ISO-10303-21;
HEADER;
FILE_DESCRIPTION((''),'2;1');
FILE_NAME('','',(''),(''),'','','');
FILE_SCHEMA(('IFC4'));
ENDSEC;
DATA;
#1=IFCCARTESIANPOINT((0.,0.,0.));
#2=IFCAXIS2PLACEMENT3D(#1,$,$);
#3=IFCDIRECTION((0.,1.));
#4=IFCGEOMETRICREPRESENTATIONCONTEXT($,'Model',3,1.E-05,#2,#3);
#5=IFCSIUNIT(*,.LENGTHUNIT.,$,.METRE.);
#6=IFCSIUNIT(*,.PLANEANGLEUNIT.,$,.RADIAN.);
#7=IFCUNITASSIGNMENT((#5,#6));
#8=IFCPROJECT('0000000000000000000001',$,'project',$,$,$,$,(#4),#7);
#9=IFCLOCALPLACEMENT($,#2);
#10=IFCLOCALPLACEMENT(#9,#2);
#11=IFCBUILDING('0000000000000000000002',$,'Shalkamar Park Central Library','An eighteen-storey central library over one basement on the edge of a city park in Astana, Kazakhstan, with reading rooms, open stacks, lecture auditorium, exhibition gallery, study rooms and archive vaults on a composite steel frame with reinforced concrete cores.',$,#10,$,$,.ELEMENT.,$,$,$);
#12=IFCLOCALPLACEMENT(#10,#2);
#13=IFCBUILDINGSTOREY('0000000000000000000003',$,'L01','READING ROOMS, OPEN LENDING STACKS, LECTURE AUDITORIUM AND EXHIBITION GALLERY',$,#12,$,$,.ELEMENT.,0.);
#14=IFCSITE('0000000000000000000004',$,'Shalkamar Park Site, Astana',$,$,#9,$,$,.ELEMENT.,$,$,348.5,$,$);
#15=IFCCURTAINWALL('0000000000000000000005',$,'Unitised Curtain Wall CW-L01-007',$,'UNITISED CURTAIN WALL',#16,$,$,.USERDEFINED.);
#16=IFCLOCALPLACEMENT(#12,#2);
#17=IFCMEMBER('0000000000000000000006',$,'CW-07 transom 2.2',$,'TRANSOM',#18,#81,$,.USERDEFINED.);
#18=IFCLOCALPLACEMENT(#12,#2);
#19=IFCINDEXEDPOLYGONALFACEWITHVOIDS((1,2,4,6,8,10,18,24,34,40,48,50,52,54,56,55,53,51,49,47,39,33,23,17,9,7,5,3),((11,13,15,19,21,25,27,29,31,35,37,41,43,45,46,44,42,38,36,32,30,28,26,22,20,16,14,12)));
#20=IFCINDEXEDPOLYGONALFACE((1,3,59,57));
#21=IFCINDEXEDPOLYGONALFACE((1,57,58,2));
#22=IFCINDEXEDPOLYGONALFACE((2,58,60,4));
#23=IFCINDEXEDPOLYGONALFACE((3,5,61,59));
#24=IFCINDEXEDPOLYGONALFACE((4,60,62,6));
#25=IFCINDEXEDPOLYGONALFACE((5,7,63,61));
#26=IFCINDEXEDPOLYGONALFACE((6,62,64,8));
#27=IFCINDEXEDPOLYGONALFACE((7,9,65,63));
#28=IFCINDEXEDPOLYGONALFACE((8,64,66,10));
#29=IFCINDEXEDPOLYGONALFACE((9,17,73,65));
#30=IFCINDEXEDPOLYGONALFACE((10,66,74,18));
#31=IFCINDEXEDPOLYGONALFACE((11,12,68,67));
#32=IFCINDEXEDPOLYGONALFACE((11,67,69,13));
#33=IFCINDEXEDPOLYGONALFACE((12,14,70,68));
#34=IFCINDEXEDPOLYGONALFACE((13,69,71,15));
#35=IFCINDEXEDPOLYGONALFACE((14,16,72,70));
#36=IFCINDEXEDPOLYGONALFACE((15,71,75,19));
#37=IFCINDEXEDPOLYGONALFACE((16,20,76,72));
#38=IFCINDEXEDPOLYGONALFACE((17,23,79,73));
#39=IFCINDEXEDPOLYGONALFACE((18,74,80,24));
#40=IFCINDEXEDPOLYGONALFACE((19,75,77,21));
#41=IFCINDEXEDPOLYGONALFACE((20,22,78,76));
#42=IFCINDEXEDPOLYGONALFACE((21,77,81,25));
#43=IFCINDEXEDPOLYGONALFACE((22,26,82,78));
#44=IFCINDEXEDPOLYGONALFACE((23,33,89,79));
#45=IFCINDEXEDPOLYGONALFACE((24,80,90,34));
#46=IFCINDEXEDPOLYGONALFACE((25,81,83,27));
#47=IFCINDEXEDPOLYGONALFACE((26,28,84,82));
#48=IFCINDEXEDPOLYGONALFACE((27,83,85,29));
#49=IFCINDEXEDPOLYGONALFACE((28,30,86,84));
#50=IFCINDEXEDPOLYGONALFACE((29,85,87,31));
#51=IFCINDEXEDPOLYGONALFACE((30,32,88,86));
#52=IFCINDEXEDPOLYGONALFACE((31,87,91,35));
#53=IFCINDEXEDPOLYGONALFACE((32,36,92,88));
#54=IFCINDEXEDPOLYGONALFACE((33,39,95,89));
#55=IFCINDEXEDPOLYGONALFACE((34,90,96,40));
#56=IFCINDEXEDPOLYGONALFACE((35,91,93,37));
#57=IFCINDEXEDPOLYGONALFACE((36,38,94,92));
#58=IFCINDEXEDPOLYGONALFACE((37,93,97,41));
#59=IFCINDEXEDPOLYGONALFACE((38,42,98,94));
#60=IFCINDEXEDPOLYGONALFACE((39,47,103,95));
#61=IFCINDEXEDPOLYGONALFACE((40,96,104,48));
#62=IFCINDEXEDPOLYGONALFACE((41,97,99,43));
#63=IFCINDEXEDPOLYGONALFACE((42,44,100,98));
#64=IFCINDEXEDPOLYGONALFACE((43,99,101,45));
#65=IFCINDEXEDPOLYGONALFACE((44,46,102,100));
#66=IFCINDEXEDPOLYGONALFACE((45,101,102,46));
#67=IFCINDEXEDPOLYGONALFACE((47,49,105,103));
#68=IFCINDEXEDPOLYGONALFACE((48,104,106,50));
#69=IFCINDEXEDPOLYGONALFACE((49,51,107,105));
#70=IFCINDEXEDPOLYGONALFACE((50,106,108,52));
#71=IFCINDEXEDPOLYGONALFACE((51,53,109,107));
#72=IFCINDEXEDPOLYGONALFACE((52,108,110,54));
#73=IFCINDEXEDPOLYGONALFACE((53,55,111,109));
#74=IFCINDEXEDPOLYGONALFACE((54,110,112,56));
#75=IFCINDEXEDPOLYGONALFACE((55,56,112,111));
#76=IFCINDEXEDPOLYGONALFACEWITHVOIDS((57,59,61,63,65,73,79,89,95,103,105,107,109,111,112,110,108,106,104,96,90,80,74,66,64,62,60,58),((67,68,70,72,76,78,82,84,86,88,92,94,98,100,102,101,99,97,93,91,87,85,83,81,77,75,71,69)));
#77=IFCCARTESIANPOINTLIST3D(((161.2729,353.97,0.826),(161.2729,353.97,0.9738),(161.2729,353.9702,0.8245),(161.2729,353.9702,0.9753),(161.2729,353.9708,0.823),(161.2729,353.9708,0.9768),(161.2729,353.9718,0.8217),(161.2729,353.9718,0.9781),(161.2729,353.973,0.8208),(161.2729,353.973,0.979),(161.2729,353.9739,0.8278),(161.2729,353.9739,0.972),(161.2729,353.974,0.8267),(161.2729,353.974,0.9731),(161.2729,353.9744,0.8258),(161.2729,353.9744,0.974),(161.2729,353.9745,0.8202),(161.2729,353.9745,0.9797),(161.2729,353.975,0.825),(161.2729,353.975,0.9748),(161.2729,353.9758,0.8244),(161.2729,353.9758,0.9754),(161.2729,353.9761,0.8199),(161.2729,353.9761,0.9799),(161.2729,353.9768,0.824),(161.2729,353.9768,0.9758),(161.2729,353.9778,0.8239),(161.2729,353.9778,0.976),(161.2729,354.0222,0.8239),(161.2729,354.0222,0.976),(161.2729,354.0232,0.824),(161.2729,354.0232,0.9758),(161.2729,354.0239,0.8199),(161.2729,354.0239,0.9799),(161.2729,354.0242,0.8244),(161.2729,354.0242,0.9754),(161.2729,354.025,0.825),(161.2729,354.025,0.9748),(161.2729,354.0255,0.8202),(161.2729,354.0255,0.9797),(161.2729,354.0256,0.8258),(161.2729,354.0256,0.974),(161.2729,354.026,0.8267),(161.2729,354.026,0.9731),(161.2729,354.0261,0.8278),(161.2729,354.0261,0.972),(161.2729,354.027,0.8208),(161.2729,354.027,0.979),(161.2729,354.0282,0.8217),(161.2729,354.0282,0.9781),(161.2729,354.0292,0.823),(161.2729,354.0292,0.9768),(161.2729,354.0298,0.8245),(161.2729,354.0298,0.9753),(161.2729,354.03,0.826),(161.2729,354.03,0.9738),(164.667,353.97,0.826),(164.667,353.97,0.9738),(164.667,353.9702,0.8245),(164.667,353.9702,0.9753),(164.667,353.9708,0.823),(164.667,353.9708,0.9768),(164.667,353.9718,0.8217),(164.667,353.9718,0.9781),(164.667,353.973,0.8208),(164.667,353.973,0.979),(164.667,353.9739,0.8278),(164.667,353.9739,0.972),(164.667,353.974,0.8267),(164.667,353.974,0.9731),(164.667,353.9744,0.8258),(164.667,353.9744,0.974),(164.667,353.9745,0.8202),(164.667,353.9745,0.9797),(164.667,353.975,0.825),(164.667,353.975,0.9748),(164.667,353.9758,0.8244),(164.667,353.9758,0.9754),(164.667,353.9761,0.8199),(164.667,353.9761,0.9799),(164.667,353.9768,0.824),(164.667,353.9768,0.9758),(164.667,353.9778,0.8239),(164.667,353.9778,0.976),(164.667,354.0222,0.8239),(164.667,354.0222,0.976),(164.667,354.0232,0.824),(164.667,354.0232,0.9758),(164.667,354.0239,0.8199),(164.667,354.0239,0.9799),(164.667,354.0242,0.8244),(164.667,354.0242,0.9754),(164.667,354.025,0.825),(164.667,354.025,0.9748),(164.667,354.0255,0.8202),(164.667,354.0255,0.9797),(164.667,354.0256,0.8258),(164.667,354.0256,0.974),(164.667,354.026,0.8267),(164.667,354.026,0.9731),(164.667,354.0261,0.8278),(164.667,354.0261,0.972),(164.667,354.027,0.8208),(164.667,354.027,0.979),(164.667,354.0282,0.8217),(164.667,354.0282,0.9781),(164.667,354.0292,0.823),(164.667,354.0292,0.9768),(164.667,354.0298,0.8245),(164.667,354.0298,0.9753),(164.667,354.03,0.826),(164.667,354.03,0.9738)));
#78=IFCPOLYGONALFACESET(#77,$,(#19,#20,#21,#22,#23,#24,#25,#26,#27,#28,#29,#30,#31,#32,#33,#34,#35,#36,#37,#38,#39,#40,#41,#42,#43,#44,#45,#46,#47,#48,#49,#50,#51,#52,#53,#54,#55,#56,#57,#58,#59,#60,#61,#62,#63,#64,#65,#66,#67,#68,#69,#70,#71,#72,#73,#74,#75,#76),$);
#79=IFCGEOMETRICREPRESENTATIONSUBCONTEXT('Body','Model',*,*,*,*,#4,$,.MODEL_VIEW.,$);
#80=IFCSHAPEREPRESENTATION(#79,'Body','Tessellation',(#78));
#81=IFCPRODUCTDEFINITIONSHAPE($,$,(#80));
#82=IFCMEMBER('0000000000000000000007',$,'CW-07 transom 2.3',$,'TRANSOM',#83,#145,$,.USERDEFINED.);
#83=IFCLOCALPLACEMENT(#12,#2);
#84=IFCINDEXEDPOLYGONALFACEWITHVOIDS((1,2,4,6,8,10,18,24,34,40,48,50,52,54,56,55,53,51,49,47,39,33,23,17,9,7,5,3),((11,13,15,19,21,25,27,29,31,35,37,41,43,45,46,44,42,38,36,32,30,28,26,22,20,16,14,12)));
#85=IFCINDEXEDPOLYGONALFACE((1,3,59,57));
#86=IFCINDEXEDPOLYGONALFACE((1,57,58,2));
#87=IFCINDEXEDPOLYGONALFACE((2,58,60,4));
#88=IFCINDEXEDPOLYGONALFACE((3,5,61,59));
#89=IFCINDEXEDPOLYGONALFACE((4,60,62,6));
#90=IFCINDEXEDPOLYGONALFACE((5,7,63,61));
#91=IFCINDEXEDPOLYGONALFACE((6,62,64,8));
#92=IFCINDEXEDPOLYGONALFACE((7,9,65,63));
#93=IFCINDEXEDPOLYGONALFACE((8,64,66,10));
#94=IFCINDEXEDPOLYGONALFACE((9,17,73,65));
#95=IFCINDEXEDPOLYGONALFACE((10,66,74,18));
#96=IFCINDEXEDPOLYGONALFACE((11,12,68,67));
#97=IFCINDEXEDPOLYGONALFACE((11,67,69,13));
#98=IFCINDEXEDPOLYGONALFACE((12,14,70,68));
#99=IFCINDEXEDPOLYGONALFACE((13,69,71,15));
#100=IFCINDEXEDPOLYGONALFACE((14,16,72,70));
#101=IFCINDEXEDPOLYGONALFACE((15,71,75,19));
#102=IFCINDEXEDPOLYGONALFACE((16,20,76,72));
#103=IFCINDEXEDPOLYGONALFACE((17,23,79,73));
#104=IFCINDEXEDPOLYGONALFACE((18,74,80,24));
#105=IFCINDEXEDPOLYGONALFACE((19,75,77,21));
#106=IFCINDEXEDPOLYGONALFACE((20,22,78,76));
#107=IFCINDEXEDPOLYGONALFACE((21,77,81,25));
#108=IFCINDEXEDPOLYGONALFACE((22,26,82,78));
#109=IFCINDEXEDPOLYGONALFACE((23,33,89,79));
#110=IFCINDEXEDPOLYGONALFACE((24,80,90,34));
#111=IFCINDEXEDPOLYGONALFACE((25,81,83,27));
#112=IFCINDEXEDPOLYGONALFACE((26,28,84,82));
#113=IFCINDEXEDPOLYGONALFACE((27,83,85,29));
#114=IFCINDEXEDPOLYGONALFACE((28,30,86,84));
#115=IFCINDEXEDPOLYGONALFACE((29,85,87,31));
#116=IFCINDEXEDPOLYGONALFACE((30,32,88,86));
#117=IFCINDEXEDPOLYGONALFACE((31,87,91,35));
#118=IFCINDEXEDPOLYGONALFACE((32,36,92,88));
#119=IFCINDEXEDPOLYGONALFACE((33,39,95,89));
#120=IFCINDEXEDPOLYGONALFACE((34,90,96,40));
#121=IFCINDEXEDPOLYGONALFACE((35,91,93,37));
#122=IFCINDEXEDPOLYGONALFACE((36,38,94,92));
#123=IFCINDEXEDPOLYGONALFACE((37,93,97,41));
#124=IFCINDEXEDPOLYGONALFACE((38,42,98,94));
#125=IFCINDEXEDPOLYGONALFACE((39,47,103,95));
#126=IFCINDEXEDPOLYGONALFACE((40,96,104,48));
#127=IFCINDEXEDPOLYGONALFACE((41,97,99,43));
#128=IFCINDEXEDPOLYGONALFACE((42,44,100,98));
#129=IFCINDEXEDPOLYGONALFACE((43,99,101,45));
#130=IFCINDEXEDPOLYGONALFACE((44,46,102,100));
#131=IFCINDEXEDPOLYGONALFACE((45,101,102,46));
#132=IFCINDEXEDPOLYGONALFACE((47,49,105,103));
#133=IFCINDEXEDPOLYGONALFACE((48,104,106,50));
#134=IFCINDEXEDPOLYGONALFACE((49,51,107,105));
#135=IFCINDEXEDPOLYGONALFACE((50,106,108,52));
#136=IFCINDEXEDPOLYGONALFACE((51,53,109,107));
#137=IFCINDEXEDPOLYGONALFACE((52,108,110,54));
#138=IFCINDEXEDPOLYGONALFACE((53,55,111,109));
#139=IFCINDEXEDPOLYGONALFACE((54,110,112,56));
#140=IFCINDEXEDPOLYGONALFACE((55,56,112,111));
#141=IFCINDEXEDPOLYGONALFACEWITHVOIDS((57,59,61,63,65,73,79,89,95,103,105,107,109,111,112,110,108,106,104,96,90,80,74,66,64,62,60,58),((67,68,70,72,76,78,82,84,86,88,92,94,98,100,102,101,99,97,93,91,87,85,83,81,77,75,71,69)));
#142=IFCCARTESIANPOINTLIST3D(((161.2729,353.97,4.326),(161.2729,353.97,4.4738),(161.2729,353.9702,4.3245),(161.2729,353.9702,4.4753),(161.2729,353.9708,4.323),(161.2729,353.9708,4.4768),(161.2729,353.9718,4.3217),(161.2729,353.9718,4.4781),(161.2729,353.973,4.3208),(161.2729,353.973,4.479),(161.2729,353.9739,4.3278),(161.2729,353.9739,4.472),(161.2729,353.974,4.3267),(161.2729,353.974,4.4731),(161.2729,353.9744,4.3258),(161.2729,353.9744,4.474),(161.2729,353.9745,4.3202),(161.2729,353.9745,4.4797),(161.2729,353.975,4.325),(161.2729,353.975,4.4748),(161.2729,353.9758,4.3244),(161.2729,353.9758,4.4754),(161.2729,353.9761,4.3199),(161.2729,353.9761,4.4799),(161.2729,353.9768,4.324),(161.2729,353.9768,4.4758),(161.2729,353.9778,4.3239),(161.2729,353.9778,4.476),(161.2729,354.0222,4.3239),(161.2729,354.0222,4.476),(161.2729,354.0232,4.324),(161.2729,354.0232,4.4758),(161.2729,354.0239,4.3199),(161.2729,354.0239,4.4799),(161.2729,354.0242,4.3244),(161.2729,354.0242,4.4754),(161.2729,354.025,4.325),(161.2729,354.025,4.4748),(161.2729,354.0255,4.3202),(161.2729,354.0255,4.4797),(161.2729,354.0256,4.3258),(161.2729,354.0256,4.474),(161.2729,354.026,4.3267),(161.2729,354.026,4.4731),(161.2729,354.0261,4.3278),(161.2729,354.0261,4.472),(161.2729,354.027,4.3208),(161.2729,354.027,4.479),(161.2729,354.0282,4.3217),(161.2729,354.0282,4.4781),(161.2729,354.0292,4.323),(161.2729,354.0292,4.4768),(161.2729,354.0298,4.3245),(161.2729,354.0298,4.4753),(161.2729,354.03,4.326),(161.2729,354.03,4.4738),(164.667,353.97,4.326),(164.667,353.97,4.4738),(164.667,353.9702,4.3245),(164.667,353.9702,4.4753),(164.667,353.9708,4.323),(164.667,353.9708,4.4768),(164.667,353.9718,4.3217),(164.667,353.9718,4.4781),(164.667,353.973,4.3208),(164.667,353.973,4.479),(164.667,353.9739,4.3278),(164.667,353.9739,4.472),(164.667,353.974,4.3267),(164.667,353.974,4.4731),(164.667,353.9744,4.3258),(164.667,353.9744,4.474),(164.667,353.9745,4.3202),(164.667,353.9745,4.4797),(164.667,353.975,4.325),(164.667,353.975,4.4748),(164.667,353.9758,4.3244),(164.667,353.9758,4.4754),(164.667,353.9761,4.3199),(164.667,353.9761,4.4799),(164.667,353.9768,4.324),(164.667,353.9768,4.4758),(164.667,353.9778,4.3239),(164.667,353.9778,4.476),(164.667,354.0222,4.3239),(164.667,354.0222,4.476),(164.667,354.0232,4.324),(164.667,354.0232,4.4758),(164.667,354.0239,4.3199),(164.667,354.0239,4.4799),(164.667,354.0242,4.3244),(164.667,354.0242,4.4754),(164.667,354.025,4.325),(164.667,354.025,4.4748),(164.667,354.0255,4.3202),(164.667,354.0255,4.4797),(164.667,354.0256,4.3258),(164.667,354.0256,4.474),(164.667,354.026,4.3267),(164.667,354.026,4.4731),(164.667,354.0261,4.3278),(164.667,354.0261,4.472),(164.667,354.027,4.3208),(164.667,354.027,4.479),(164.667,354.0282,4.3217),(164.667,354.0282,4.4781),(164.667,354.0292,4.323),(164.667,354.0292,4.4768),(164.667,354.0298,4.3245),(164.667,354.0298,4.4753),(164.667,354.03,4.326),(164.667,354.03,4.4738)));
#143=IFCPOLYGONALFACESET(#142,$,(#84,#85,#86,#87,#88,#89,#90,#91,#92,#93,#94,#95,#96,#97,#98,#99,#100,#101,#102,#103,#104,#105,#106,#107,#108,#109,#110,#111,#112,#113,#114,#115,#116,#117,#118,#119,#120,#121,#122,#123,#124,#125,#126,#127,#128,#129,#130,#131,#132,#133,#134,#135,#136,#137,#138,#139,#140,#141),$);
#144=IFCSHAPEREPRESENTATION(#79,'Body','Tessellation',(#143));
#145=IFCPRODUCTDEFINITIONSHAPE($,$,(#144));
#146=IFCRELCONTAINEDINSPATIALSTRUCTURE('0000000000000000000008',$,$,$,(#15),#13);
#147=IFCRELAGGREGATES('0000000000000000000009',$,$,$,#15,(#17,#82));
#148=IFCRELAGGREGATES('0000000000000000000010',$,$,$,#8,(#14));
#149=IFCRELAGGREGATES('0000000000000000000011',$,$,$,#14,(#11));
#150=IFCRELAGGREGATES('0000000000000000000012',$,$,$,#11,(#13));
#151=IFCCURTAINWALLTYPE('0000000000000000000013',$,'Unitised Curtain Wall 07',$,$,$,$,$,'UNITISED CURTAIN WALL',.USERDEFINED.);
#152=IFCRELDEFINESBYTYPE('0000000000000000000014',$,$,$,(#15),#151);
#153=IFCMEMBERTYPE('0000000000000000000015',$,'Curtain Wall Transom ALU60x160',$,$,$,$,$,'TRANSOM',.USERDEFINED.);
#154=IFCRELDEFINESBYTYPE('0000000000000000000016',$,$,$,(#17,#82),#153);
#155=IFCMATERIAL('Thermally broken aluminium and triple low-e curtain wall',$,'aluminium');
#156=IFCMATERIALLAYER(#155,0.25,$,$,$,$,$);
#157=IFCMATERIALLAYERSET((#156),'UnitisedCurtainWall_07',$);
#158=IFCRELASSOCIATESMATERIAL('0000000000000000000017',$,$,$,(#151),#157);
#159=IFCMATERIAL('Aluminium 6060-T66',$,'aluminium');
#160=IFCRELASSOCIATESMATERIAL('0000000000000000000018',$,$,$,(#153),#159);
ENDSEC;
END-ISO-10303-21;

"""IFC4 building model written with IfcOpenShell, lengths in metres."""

from ifc_helpers import new_model, si_unit, direction, frame, origin, origin_2d, place, context, subcontext, project, spatial, hollow_rectangle, extrude, material, layer, layer_set, material_profile, profile_set, type_object, element, aggregate, save


model = new_model("IFC4")

# Units and contexts
model_context = context("Model", 3, precision=1e-05, world=origin(), true_north=direction((0.0, 1.0)))
body_context = subcontext(model_context, "Body", "Model", "MODEL_VIEW")
ifc_project = project(units=[si_unit("LENGTHUNIT", "METRE"), si_unit("PLANEANGLEUNIT", "RADIAN")], contexts=[model_context])

# Site, building, storey
site_placement = place(None, origin())
site = spatial("IfcSite", under=ifc_project, at=site_placement, Name="Shalkamar Park Site, Astana", CompositionType="ELEMENT", RefElevation=348.5)
building_placement = place(site_placement, origin())
building = spatial("IfcBuilding", under=site, at=building_placement, Name="Shalkamar Park Central Library", Description="An eighteen-storey central library over one basement on the edge of a city park in Astana, Kazakhstan, with reading rooms, open stacks, lecture auditorium, exhibition gallery, study rooms and archive vaults on a composite steel frame with reinforced concrete cores.", CompositionType="ELEMENT")
storey_placement = place(building_placement, origin())
storey = spatial("IfcBuildingStorey", under=building, at=storey_placement, Name="L01", Description="READING ROOMS, OPEN LENDING STACKS, LECTURE AUDITORIUM AND EXHIBITION GALLERY", CompositionType="ELEMENT", Elevation=0.0)

# Curtain wall
ifc_material_1 = material(Name="Thermally broken aluminium and triple low-e curtain wall", Category="aluminium")
ifc_layer_1 = layer(ifc_material_1, 0.25)
ifc_layer_set_1 = layer_set([ifc_layer_1], Name="UnitisedCurtainWall_07")
curtain_wall_type_1 = type_object("IfcCurtainWallType", Name="Unitised Curtain Wall 07", ElementType="UNITISED CURTAIN WALL", PredefinedType="USERDEFINED", material=ifc_layer_set_1)
curtain_wall_1_placement = place(storey_placement, origin())
curtain_wall_1 = element("IfcCurtainWall", 1, at=curtain_wall_1_placement, inside=storey, type_object=curtain_wall_type_1, Name="Unitised Curtain Wall CW-L01-007", ObjectType="UNITISED CURTAIN WALL", PredefinedType="USERDEFINED")
ifc_material_2 = material(Name="Aluminium 6060-T66", Category="aluminium")

# Members
ifc_material_profile_1 = material_profile(ifc_material_2, hollow_rectangle(XDim=0.0601, YDim=0.1599, WallThickness=0.0039, InnerFilletRadius=0.0039, OuterFilletRadius=0.0061, at=origin_2d()), Name="ALU 60x160x4")
ifc_profile_set_1 = profile_set([ifc_material_profile_1], Name="Aluminium 6060-T66")
member_type_1 = type_object("IfcMemberType", Name="Curtain Wall Transom ALU60x160", ElementType="TRANSOM", PredefinedType="USERDEFINED", material=ifc_profile_set_1)
member_1_placement = place(storey_placement, frame((161.2729, 354.0, 0.8999), z_axis=(1.0, 0.0, 0.0), x_axis=(0.0, 1.0, 0.0)))
member_1 = element("IfcMember", 2, at=member_1_placement, type_object=member_type_1, Name="CW-07 transom 2.2", ObjectType="TRANSOM", PredefinedType="USERDEFINED", context=body_context, shape_type="SweptSolid", body=[
    extrude(hollow_rectangle(XDim=0.0601, YDim=0.1599, WallThickness=0.0039, InnerFilletRadius=0.0039, OuterFilletRadius=0.0061, at=origin_2d()), origin(), (0.0, 0.0, 1.0), 3.394),
])
member_2_placement = place(storey_placement, frame((161.2729, 354.0, 4.3999), z_axis=(1.0, 0.0, 0.0), x_axis=(0.0, 1.0, 0.0)))
member_2 = element("IfcMember", 3, at=member_2_placement, type_object=member_type_1, Name="CW-07 transom 2.3", ObjectType="TRANSOM", PredefinedType="USERDEFINED", context=body_context, shape_type="SweptSolid", body=[
    extrude(hollow_rectangle(XDim=0.0601, YDim=0.1599, WallThickness=0.0039, InnerFilletRadius=0.0039, OuterFilletRadius=0.0061, at=origin_2d()), origin(), (0.0, 0.0, 1.0), 3.394),
])

aggregate(curtain_wall_1, [member_1, member_2])

save(model, "model.ifc")
